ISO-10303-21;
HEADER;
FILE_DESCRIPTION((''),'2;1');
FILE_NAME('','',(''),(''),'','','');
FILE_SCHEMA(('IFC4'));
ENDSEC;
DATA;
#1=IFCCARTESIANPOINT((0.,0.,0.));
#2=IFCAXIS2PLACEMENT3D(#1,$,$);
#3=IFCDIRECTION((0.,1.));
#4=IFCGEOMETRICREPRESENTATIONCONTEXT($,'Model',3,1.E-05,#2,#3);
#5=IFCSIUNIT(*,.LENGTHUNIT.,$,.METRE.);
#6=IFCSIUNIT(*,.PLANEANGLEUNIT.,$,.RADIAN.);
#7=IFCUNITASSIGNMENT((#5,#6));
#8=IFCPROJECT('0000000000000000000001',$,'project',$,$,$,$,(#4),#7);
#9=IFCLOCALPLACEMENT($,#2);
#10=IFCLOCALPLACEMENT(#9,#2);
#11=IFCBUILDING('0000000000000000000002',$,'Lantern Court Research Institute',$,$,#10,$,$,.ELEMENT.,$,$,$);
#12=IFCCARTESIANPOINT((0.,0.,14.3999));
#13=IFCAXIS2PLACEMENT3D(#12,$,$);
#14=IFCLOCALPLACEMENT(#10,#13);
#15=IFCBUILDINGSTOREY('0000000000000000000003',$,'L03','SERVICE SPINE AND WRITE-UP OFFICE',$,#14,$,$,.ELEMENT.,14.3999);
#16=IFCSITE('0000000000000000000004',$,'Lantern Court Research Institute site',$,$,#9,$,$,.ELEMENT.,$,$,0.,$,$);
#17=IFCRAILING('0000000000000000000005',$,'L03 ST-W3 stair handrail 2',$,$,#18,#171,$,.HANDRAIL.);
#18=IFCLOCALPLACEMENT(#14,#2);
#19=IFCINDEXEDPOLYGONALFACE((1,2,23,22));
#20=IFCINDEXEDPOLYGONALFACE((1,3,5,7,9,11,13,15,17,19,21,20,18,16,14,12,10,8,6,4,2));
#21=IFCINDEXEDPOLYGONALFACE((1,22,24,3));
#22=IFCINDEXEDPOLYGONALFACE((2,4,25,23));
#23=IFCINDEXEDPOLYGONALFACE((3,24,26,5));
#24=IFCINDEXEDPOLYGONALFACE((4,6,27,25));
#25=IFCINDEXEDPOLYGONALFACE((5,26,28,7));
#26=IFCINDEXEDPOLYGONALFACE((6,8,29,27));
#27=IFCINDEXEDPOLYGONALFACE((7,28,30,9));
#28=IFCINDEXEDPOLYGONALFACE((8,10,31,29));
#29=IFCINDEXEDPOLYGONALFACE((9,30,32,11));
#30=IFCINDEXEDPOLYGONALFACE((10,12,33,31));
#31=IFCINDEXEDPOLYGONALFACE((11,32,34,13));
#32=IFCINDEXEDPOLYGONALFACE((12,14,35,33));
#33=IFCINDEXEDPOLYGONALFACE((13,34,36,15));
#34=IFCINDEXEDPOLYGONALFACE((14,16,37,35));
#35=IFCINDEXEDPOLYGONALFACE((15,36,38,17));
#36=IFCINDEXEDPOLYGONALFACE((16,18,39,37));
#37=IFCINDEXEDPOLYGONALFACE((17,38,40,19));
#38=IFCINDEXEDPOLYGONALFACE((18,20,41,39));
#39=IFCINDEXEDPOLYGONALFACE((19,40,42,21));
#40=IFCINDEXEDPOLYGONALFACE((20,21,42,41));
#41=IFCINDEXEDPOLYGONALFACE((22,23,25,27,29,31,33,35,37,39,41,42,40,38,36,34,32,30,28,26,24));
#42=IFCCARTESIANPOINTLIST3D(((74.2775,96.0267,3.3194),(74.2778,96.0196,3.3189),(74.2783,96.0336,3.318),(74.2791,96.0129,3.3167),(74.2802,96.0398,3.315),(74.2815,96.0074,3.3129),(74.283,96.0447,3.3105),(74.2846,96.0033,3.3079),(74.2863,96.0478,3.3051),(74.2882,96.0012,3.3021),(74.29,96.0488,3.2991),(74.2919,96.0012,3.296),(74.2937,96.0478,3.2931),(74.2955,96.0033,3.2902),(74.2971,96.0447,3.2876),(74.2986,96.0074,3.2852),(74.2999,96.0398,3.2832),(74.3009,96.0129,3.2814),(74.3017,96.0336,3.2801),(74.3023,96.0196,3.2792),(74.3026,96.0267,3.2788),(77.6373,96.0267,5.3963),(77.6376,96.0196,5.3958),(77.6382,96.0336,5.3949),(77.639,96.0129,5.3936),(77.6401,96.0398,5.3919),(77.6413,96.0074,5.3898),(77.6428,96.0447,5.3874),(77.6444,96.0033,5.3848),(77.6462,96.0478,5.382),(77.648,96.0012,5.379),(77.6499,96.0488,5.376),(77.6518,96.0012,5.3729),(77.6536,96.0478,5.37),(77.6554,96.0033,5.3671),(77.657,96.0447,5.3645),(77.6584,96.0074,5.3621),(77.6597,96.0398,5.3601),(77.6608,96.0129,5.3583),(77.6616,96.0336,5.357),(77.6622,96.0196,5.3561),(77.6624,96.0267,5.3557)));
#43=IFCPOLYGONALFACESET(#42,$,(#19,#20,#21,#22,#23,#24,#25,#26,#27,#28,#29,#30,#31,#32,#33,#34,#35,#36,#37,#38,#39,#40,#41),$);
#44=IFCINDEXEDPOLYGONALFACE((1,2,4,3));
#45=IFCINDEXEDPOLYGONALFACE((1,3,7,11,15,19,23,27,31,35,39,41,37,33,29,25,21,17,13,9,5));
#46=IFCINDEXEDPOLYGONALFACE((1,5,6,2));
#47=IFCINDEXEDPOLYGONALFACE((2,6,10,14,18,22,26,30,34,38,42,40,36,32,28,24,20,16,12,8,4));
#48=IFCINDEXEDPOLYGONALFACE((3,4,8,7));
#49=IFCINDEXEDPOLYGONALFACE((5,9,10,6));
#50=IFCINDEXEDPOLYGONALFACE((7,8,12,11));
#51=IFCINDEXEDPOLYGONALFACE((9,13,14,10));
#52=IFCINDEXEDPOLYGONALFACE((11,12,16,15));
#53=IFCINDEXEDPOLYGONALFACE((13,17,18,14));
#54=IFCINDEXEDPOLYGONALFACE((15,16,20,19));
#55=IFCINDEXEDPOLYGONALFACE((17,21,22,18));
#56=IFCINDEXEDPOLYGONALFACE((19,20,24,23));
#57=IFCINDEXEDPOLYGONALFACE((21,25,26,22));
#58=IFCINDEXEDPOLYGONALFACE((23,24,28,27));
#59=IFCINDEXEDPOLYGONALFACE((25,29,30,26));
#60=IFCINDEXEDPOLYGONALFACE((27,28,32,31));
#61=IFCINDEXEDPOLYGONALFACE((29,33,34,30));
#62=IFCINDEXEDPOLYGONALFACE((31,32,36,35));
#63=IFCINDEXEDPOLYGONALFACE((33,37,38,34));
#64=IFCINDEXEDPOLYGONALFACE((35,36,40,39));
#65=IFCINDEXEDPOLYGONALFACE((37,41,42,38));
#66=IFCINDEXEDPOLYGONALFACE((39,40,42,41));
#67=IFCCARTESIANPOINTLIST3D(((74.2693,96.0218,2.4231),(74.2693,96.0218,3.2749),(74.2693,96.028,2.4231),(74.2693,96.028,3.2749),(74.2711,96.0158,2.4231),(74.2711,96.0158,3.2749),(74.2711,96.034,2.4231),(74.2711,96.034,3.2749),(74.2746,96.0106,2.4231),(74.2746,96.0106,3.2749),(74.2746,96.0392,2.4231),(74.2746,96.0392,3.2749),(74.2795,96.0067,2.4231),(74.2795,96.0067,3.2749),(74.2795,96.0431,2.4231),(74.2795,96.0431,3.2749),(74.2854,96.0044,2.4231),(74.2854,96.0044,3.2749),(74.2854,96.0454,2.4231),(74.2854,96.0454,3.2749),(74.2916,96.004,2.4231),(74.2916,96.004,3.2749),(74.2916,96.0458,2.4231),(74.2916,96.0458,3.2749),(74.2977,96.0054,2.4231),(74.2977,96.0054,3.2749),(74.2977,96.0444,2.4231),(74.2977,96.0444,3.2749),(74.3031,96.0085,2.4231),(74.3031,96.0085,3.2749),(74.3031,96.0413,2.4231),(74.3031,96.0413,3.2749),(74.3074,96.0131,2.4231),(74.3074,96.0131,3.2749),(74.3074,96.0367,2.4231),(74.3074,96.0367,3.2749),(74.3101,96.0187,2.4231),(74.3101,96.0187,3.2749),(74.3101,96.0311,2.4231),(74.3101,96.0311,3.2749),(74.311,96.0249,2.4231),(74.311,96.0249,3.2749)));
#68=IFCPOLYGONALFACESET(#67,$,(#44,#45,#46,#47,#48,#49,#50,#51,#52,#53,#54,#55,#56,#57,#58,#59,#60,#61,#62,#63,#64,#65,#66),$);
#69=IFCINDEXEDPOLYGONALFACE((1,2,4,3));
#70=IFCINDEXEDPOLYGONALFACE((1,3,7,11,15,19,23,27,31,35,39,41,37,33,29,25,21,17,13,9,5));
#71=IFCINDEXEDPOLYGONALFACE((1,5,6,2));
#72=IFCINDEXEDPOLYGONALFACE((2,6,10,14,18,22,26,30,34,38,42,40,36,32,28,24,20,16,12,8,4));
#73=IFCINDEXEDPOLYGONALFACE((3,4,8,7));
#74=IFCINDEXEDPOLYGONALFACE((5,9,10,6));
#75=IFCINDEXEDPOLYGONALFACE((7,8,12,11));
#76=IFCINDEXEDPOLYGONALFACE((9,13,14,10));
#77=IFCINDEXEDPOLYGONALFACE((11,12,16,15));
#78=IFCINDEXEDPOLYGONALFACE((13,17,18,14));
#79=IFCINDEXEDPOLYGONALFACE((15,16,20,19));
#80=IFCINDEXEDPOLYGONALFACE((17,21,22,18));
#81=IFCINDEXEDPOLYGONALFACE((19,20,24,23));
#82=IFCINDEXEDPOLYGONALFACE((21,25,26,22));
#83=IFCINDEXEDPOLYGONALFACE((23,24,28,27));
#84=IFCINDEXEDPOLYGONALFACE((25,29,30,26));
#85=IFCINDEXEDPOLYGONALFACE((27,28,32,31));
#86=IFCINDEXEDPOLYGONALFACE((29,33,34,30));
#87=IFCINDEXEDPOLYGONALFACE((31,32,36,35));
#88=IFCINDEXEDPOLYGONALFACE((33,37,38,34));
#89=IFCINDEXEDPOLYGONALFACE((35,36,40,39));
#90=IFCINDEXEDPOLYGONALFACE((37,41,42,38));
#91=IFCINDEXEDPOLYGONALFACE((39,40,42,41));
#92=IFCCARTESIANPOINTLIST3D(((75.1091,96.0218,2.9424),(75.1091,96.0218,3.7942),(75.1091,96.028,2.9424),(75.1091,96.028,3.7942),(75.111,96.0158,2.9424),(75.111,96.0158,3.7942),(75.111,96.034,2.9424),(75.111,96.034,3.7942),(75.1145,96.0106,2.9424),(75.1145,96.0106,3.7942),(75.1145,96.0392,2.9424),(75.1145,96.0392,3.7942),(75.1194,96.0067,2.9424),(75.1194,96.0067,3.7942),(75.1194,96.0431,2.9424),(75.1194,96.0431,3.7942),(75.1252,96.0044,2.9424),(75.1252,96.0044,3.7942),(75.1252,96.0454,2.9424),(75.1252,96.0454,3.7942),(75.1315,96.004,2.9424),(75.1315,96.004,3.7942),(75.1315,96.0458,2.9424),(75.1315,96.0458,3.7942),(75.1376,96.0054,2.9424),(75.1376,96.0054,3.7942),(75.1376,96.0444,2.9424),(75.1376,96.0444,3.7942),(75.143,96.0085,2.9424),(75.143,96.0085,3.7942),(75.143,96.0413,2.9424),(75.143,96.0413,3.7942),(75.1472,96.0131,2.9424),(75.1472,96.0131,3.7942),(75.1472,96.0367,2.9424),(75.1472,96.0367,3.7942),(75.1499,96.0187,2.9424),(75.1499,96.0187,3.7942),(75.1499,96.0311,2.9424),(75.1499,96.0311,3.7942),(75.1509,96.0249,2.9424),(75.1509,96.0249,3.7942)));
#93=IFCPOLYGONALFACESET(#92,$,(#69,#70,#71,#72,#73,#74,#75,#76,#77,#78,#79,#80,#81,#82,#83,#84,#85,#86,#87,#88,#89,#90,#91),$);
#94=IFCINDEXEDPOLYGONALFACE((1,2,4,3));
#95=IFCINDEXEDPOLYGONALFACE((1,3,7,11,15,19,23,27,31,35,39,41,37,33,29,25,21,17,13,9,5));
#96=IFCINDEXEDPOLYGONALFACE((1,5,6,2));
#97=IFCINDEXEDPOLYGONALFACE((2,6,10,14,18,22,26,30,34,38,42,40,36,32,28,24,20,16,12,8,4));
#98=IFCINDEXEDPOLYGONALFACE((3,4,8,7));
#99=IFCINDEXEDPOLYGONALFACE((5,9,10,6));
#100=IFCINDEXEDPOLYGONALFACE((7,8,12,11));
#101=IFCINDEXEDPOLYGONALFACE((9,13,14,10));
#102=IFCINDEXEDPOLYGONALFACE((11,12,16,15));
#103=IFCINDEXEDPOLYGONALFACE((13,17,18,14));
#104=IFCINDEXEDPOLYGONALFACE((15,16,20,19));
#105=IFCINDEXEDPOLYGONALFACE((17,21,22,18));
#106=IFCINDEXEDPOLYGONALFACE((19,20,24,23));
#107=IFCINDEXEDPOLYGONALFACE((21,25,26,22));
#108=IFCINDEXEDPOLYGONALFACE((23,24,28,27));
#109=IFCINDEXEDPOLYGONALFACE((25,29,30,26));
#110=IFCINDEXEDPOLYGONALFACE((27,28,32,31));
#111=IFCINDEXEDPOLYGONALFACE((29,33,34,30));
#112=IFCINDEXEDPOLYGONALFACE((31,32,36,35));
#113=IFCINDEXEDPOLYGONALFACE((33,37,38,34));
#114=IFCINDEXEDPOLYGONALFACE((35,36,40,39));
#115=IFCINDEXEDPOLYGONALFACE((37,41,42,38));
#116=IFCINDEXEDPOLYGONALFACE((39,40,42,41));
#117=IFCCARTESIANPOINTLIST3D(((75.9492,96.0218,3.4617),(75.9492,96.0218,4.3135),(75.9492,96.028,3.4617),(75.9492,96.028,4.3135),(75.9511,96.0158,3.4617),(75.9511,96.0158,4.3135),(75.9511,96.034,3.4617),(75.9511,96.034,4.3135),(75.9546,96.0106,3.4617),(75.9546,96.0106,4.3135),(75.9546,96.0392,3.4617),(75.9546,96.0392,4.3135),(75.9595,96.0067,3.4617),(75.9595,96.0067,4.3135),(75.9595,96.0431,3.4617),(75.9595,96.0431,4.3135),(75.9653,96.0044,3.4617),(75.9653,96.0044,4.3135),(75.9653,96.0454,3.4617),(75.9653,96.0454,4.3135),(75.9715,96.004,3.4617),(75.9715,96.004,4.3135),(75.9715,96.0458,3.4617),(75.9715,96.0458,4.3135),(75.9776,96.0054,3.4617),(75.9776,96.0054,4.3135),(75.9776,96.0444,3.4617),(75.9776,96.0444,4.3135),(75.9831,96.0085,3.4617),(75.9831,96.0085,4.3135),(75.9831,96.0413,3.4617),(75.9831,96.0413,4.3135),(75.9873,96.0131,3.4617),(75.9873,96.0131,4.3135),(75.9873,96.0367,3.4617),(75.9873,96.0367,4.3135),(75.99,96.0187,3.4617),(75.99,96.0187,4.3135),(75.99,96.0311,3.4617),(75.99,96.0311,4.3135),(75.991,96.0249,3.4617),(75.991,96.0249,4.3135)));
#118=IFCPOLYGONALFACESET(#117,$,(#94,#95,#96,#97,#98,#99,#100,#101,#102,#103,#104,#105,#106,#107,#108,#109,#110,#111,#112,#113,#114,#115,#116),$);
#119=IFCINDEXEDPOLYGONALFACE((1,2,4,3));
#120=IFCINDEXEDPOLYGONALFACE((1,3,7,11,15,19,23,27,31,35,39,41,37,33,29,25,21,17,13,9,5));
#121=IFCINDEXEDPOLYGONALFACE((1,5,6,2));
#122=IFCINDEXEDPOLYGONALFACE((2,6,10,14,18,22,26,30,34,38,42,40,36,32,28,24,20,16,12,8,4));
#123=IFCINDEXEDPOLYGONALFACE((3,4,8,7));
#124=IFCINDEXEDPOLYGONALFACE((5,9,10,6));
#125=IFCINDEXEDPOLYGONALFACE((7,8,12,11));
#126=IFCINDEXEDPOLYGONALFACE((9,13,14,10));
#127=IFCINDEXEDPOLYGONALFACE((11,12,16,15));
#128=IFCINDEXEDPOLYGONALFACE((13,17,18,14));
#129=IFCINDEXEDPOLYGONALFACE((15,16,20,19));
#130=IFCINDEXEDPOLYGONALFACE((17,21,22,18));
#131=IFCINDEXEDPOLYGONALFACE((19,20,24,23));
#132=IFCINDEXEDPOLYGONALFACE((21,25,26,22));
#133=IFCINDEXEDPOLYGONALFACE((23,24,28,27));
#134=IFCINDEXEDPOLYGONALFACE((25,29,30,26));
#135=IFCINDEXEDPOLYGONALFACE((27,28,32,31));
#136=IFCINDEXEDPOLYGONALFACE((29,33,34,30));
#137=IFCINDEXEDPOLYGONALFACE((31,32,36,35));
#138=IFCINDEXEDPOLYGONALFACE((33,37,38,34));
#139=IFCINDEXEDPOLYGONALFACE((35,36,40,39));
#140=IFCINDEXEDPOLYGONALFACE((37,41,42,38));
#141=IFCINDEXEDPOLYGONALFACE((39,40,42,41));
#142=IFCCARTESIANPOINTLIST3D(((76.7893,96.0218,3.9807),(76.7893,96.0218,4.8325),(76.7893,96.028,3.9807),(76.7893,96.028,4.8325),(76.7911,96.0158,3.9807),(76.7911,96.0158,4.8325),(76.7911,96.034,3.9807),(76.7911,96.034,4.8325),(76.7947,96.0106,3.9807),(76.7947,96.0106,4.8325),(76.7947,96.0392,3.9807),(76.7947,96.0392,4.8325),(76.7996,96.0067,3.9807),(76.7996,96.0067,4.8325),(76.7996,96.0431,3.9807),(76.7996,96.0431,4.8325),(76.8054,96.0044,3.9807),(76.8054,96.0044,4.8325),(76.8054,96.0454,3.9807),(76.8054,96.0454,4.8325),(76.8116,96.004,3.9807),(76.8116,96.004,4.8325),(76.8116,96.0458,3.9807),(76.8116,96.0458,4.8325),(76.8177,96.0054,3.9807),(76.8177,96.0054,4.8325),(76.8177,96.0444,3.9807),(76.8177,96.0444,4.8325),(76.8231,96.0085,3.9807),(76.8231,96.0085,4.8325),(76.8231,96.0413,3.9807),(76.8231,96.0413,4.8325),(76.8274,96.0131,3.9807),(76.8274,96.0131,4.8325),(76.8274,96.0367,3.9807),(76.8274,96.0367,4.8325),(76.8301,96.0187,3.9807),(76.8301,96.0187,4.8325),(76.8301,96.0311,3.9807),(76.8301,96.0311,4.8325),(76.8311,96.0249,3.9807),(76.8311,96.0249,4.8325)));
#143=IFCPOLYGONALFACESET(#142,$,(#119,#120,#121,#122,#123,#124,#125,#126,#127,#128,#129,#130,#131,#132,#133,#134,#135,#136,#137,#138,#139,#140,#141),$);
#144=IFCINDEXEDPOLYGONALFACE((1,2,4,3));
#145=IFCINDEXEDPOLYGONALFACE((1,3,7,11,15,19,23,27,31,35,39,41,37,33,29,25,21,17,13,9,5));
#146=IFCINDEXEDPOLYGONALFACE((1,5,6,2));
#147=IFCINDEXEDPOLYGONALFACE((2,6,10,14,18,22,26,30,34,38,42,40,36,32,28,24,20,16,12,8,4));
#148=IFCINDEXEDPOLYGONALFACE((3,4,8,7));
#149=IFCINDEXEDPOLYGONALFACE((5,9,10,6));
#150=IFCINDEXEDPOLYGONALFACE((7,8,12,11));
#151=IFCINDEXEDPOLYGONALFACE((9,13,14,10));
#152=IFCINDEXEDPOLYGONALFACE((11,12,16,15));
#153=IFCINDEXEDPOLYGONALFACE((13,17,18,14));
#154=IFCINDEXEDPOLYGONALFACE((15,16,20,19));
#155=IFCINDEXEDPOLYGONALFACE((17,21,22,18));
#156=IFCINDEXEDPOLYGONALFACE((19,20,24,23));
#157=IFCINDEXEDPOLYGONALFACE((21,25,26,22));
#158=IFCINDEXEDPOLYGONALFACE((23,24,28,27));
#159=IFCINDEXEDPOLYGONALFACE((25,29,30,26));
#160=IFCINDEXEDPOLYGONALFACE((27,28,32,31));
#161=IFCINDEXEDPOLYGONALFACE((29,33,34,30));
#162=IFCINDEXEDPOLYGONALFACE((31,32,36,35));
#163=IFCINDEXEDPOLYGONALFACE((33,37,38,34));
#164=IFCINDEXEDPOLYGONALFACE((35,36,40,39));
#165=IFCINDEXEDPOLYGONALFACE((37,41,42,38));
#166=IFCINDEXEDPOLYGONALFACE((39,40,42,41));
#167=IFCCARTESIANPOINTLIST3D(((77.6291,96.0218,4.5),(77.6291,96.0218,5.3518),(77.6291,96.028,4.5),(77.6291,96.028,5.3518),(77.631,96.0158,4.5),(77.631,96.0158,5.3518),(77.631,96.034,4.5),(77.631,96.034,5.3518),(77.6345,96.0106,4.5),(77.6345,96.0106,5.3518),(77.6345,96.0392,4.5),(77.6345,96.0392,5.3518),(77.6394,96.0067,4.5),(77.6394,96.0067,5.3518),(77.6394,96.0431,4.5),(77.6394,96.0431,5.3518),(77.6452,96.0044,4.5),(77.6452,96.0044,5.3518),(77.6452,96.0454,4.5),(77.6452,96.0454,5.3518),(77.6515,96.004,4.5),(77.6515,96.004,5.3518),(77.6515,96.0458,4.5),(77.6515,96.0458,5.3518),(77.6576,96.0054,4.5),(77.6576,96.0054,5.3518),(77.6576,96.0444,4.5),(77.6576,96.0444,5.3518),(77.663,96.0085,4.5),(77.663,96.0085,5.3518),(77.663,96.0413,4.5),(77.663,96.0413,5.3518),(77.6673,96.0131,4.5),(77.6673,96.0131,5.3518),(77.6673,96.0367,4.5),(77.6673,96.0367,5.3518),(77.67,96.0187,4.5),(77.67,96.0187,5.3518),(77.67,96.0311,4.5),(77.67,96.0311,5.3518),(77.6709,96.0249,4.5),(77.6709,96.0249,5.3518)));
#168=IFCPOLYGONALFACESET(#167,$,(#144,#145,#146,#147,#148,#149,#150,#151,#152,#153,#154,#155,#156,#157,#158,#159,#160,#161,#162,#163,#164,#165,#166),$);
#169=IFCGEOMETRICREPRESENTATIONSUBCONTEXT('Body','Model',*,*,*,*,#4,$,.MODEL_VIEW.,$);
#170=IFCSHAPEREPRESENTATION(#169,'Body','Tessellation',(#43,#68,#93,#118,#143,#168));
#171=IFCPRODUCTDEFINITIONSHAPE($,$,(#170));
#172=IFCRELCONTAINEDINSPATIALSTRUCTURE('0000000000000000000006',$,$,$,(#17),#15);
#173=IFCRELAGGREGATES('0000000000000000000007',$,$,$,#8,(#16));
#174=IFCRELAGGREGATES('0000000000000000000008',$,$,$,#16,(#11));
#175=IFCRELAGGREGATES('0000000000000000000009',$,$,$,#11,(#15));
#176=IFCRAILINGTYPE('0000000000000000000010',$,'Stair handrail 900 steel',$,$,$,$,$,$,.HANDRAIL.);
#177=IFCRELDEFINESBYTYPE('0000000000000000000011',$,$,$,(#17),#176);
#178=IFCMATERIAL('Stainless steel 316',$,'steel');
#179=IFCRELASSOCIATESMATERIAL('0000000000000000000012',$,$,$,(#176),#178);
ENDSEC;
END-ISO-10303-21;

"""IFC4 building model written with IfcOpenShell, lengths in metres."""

from ifc_helpers import new_model, si_unit, direction, frame, origin, origin_2d, place, context, subcontext, project, spatial, circle, extrude, material, type_object, element, save


model = new_model("IFC4")

# Units and contexts
model_context = context("Model", 3, precision=1e-05, world=origin(), true_north=direction((0.0, 1.0)))
body_context = subcontext(model_context, "Body", "Model", "MODEL_VIEW")
ifc_project = project(units=[si_unit("LENGTHUNIT", "METRE"), si_unit("PLANEANGLEUNIT", "RADIAN")], contexts=[model_context])

# Site, building, storey
site_placement = place(None, origin())
site = spatial("IfcSite", under=ifc_project, at=site_placement, Name="Lantern Court Research Institute site", CompositionType="ELEMENT", RefElevation=0.0)
building_placement = place(site_placement, origin())
building = spatial("IfcBuilding", under=site, at=building_placement, Name="Lantern Court Research Institute", CompositionType="ELEMENT")
storey_placement = place(building_placement, frame((0.0, 0.0, 14.3999)))
storey = spatial("IfcBuildingStorey", under=building, at=storey_placement, Name="L03", Description="SERVICE SPINE AND WRITE-UP OFFICE", CompositionType="ELEMENT", Elevation=14.3999)

# Railing
ifc_material_1 = material(Name="Stainless steel 316", Category="steel")
railing_type = type_object("IfcRailingType", Name="Stair handrail 900 steel", PredefinedType="HANDRAIL", material=ifc_material_1)
railing_placement = place(storey_placement, frame((74.29, 96.0249, 2.4231)))
element("IfcRailing", 1, at=railing_placement, inside=storey, type_object=railing_type, Name="L03 ST-W3 stair handrail 2", PredefinedType="HANDRAIL", context=body_context, shape_type="SweptSolid", body=[
    extrude(circle(Radius=0.0239, at=origin_2d()), frame((0.0, 0.0, 0.876), z_axis=(0.850606, 0.0, 0.525803), x_axis=(0.0, 1.0, 0.0)), (0.0, 0.0, 1.0), 3.95),
    extrude(circle(Radius=0.021, at=origin_2d()), origin(), (0.0, 0.0, 1.0), 0.8518),
    extrude(circle(Radius=0.021, at=origin_2d()), frame((0.8398, 0.0, 0.5193)), (0.0, 0.0, 1.0), 0.8518),
    extrude(circle(Radius=0.021, at=origin_2d()), frame((1.6799, 0.0, 1.0386)), (0.0, 0.0, 1.0), 0.8518),
    extrude(circle(Radius=0.021, at=origin_2d()), frame((2.52, 0.0, 1.5576)), (0.0, 0.0, 1.0), 0.8518),
    extrude(circle(Radius=0.021, at=origin_2d()), frame((3.3599, 0.0, 2.0769)), (0.0, 0.0, 1.0), 0.8518),
])

save(model, "model.ifc")
